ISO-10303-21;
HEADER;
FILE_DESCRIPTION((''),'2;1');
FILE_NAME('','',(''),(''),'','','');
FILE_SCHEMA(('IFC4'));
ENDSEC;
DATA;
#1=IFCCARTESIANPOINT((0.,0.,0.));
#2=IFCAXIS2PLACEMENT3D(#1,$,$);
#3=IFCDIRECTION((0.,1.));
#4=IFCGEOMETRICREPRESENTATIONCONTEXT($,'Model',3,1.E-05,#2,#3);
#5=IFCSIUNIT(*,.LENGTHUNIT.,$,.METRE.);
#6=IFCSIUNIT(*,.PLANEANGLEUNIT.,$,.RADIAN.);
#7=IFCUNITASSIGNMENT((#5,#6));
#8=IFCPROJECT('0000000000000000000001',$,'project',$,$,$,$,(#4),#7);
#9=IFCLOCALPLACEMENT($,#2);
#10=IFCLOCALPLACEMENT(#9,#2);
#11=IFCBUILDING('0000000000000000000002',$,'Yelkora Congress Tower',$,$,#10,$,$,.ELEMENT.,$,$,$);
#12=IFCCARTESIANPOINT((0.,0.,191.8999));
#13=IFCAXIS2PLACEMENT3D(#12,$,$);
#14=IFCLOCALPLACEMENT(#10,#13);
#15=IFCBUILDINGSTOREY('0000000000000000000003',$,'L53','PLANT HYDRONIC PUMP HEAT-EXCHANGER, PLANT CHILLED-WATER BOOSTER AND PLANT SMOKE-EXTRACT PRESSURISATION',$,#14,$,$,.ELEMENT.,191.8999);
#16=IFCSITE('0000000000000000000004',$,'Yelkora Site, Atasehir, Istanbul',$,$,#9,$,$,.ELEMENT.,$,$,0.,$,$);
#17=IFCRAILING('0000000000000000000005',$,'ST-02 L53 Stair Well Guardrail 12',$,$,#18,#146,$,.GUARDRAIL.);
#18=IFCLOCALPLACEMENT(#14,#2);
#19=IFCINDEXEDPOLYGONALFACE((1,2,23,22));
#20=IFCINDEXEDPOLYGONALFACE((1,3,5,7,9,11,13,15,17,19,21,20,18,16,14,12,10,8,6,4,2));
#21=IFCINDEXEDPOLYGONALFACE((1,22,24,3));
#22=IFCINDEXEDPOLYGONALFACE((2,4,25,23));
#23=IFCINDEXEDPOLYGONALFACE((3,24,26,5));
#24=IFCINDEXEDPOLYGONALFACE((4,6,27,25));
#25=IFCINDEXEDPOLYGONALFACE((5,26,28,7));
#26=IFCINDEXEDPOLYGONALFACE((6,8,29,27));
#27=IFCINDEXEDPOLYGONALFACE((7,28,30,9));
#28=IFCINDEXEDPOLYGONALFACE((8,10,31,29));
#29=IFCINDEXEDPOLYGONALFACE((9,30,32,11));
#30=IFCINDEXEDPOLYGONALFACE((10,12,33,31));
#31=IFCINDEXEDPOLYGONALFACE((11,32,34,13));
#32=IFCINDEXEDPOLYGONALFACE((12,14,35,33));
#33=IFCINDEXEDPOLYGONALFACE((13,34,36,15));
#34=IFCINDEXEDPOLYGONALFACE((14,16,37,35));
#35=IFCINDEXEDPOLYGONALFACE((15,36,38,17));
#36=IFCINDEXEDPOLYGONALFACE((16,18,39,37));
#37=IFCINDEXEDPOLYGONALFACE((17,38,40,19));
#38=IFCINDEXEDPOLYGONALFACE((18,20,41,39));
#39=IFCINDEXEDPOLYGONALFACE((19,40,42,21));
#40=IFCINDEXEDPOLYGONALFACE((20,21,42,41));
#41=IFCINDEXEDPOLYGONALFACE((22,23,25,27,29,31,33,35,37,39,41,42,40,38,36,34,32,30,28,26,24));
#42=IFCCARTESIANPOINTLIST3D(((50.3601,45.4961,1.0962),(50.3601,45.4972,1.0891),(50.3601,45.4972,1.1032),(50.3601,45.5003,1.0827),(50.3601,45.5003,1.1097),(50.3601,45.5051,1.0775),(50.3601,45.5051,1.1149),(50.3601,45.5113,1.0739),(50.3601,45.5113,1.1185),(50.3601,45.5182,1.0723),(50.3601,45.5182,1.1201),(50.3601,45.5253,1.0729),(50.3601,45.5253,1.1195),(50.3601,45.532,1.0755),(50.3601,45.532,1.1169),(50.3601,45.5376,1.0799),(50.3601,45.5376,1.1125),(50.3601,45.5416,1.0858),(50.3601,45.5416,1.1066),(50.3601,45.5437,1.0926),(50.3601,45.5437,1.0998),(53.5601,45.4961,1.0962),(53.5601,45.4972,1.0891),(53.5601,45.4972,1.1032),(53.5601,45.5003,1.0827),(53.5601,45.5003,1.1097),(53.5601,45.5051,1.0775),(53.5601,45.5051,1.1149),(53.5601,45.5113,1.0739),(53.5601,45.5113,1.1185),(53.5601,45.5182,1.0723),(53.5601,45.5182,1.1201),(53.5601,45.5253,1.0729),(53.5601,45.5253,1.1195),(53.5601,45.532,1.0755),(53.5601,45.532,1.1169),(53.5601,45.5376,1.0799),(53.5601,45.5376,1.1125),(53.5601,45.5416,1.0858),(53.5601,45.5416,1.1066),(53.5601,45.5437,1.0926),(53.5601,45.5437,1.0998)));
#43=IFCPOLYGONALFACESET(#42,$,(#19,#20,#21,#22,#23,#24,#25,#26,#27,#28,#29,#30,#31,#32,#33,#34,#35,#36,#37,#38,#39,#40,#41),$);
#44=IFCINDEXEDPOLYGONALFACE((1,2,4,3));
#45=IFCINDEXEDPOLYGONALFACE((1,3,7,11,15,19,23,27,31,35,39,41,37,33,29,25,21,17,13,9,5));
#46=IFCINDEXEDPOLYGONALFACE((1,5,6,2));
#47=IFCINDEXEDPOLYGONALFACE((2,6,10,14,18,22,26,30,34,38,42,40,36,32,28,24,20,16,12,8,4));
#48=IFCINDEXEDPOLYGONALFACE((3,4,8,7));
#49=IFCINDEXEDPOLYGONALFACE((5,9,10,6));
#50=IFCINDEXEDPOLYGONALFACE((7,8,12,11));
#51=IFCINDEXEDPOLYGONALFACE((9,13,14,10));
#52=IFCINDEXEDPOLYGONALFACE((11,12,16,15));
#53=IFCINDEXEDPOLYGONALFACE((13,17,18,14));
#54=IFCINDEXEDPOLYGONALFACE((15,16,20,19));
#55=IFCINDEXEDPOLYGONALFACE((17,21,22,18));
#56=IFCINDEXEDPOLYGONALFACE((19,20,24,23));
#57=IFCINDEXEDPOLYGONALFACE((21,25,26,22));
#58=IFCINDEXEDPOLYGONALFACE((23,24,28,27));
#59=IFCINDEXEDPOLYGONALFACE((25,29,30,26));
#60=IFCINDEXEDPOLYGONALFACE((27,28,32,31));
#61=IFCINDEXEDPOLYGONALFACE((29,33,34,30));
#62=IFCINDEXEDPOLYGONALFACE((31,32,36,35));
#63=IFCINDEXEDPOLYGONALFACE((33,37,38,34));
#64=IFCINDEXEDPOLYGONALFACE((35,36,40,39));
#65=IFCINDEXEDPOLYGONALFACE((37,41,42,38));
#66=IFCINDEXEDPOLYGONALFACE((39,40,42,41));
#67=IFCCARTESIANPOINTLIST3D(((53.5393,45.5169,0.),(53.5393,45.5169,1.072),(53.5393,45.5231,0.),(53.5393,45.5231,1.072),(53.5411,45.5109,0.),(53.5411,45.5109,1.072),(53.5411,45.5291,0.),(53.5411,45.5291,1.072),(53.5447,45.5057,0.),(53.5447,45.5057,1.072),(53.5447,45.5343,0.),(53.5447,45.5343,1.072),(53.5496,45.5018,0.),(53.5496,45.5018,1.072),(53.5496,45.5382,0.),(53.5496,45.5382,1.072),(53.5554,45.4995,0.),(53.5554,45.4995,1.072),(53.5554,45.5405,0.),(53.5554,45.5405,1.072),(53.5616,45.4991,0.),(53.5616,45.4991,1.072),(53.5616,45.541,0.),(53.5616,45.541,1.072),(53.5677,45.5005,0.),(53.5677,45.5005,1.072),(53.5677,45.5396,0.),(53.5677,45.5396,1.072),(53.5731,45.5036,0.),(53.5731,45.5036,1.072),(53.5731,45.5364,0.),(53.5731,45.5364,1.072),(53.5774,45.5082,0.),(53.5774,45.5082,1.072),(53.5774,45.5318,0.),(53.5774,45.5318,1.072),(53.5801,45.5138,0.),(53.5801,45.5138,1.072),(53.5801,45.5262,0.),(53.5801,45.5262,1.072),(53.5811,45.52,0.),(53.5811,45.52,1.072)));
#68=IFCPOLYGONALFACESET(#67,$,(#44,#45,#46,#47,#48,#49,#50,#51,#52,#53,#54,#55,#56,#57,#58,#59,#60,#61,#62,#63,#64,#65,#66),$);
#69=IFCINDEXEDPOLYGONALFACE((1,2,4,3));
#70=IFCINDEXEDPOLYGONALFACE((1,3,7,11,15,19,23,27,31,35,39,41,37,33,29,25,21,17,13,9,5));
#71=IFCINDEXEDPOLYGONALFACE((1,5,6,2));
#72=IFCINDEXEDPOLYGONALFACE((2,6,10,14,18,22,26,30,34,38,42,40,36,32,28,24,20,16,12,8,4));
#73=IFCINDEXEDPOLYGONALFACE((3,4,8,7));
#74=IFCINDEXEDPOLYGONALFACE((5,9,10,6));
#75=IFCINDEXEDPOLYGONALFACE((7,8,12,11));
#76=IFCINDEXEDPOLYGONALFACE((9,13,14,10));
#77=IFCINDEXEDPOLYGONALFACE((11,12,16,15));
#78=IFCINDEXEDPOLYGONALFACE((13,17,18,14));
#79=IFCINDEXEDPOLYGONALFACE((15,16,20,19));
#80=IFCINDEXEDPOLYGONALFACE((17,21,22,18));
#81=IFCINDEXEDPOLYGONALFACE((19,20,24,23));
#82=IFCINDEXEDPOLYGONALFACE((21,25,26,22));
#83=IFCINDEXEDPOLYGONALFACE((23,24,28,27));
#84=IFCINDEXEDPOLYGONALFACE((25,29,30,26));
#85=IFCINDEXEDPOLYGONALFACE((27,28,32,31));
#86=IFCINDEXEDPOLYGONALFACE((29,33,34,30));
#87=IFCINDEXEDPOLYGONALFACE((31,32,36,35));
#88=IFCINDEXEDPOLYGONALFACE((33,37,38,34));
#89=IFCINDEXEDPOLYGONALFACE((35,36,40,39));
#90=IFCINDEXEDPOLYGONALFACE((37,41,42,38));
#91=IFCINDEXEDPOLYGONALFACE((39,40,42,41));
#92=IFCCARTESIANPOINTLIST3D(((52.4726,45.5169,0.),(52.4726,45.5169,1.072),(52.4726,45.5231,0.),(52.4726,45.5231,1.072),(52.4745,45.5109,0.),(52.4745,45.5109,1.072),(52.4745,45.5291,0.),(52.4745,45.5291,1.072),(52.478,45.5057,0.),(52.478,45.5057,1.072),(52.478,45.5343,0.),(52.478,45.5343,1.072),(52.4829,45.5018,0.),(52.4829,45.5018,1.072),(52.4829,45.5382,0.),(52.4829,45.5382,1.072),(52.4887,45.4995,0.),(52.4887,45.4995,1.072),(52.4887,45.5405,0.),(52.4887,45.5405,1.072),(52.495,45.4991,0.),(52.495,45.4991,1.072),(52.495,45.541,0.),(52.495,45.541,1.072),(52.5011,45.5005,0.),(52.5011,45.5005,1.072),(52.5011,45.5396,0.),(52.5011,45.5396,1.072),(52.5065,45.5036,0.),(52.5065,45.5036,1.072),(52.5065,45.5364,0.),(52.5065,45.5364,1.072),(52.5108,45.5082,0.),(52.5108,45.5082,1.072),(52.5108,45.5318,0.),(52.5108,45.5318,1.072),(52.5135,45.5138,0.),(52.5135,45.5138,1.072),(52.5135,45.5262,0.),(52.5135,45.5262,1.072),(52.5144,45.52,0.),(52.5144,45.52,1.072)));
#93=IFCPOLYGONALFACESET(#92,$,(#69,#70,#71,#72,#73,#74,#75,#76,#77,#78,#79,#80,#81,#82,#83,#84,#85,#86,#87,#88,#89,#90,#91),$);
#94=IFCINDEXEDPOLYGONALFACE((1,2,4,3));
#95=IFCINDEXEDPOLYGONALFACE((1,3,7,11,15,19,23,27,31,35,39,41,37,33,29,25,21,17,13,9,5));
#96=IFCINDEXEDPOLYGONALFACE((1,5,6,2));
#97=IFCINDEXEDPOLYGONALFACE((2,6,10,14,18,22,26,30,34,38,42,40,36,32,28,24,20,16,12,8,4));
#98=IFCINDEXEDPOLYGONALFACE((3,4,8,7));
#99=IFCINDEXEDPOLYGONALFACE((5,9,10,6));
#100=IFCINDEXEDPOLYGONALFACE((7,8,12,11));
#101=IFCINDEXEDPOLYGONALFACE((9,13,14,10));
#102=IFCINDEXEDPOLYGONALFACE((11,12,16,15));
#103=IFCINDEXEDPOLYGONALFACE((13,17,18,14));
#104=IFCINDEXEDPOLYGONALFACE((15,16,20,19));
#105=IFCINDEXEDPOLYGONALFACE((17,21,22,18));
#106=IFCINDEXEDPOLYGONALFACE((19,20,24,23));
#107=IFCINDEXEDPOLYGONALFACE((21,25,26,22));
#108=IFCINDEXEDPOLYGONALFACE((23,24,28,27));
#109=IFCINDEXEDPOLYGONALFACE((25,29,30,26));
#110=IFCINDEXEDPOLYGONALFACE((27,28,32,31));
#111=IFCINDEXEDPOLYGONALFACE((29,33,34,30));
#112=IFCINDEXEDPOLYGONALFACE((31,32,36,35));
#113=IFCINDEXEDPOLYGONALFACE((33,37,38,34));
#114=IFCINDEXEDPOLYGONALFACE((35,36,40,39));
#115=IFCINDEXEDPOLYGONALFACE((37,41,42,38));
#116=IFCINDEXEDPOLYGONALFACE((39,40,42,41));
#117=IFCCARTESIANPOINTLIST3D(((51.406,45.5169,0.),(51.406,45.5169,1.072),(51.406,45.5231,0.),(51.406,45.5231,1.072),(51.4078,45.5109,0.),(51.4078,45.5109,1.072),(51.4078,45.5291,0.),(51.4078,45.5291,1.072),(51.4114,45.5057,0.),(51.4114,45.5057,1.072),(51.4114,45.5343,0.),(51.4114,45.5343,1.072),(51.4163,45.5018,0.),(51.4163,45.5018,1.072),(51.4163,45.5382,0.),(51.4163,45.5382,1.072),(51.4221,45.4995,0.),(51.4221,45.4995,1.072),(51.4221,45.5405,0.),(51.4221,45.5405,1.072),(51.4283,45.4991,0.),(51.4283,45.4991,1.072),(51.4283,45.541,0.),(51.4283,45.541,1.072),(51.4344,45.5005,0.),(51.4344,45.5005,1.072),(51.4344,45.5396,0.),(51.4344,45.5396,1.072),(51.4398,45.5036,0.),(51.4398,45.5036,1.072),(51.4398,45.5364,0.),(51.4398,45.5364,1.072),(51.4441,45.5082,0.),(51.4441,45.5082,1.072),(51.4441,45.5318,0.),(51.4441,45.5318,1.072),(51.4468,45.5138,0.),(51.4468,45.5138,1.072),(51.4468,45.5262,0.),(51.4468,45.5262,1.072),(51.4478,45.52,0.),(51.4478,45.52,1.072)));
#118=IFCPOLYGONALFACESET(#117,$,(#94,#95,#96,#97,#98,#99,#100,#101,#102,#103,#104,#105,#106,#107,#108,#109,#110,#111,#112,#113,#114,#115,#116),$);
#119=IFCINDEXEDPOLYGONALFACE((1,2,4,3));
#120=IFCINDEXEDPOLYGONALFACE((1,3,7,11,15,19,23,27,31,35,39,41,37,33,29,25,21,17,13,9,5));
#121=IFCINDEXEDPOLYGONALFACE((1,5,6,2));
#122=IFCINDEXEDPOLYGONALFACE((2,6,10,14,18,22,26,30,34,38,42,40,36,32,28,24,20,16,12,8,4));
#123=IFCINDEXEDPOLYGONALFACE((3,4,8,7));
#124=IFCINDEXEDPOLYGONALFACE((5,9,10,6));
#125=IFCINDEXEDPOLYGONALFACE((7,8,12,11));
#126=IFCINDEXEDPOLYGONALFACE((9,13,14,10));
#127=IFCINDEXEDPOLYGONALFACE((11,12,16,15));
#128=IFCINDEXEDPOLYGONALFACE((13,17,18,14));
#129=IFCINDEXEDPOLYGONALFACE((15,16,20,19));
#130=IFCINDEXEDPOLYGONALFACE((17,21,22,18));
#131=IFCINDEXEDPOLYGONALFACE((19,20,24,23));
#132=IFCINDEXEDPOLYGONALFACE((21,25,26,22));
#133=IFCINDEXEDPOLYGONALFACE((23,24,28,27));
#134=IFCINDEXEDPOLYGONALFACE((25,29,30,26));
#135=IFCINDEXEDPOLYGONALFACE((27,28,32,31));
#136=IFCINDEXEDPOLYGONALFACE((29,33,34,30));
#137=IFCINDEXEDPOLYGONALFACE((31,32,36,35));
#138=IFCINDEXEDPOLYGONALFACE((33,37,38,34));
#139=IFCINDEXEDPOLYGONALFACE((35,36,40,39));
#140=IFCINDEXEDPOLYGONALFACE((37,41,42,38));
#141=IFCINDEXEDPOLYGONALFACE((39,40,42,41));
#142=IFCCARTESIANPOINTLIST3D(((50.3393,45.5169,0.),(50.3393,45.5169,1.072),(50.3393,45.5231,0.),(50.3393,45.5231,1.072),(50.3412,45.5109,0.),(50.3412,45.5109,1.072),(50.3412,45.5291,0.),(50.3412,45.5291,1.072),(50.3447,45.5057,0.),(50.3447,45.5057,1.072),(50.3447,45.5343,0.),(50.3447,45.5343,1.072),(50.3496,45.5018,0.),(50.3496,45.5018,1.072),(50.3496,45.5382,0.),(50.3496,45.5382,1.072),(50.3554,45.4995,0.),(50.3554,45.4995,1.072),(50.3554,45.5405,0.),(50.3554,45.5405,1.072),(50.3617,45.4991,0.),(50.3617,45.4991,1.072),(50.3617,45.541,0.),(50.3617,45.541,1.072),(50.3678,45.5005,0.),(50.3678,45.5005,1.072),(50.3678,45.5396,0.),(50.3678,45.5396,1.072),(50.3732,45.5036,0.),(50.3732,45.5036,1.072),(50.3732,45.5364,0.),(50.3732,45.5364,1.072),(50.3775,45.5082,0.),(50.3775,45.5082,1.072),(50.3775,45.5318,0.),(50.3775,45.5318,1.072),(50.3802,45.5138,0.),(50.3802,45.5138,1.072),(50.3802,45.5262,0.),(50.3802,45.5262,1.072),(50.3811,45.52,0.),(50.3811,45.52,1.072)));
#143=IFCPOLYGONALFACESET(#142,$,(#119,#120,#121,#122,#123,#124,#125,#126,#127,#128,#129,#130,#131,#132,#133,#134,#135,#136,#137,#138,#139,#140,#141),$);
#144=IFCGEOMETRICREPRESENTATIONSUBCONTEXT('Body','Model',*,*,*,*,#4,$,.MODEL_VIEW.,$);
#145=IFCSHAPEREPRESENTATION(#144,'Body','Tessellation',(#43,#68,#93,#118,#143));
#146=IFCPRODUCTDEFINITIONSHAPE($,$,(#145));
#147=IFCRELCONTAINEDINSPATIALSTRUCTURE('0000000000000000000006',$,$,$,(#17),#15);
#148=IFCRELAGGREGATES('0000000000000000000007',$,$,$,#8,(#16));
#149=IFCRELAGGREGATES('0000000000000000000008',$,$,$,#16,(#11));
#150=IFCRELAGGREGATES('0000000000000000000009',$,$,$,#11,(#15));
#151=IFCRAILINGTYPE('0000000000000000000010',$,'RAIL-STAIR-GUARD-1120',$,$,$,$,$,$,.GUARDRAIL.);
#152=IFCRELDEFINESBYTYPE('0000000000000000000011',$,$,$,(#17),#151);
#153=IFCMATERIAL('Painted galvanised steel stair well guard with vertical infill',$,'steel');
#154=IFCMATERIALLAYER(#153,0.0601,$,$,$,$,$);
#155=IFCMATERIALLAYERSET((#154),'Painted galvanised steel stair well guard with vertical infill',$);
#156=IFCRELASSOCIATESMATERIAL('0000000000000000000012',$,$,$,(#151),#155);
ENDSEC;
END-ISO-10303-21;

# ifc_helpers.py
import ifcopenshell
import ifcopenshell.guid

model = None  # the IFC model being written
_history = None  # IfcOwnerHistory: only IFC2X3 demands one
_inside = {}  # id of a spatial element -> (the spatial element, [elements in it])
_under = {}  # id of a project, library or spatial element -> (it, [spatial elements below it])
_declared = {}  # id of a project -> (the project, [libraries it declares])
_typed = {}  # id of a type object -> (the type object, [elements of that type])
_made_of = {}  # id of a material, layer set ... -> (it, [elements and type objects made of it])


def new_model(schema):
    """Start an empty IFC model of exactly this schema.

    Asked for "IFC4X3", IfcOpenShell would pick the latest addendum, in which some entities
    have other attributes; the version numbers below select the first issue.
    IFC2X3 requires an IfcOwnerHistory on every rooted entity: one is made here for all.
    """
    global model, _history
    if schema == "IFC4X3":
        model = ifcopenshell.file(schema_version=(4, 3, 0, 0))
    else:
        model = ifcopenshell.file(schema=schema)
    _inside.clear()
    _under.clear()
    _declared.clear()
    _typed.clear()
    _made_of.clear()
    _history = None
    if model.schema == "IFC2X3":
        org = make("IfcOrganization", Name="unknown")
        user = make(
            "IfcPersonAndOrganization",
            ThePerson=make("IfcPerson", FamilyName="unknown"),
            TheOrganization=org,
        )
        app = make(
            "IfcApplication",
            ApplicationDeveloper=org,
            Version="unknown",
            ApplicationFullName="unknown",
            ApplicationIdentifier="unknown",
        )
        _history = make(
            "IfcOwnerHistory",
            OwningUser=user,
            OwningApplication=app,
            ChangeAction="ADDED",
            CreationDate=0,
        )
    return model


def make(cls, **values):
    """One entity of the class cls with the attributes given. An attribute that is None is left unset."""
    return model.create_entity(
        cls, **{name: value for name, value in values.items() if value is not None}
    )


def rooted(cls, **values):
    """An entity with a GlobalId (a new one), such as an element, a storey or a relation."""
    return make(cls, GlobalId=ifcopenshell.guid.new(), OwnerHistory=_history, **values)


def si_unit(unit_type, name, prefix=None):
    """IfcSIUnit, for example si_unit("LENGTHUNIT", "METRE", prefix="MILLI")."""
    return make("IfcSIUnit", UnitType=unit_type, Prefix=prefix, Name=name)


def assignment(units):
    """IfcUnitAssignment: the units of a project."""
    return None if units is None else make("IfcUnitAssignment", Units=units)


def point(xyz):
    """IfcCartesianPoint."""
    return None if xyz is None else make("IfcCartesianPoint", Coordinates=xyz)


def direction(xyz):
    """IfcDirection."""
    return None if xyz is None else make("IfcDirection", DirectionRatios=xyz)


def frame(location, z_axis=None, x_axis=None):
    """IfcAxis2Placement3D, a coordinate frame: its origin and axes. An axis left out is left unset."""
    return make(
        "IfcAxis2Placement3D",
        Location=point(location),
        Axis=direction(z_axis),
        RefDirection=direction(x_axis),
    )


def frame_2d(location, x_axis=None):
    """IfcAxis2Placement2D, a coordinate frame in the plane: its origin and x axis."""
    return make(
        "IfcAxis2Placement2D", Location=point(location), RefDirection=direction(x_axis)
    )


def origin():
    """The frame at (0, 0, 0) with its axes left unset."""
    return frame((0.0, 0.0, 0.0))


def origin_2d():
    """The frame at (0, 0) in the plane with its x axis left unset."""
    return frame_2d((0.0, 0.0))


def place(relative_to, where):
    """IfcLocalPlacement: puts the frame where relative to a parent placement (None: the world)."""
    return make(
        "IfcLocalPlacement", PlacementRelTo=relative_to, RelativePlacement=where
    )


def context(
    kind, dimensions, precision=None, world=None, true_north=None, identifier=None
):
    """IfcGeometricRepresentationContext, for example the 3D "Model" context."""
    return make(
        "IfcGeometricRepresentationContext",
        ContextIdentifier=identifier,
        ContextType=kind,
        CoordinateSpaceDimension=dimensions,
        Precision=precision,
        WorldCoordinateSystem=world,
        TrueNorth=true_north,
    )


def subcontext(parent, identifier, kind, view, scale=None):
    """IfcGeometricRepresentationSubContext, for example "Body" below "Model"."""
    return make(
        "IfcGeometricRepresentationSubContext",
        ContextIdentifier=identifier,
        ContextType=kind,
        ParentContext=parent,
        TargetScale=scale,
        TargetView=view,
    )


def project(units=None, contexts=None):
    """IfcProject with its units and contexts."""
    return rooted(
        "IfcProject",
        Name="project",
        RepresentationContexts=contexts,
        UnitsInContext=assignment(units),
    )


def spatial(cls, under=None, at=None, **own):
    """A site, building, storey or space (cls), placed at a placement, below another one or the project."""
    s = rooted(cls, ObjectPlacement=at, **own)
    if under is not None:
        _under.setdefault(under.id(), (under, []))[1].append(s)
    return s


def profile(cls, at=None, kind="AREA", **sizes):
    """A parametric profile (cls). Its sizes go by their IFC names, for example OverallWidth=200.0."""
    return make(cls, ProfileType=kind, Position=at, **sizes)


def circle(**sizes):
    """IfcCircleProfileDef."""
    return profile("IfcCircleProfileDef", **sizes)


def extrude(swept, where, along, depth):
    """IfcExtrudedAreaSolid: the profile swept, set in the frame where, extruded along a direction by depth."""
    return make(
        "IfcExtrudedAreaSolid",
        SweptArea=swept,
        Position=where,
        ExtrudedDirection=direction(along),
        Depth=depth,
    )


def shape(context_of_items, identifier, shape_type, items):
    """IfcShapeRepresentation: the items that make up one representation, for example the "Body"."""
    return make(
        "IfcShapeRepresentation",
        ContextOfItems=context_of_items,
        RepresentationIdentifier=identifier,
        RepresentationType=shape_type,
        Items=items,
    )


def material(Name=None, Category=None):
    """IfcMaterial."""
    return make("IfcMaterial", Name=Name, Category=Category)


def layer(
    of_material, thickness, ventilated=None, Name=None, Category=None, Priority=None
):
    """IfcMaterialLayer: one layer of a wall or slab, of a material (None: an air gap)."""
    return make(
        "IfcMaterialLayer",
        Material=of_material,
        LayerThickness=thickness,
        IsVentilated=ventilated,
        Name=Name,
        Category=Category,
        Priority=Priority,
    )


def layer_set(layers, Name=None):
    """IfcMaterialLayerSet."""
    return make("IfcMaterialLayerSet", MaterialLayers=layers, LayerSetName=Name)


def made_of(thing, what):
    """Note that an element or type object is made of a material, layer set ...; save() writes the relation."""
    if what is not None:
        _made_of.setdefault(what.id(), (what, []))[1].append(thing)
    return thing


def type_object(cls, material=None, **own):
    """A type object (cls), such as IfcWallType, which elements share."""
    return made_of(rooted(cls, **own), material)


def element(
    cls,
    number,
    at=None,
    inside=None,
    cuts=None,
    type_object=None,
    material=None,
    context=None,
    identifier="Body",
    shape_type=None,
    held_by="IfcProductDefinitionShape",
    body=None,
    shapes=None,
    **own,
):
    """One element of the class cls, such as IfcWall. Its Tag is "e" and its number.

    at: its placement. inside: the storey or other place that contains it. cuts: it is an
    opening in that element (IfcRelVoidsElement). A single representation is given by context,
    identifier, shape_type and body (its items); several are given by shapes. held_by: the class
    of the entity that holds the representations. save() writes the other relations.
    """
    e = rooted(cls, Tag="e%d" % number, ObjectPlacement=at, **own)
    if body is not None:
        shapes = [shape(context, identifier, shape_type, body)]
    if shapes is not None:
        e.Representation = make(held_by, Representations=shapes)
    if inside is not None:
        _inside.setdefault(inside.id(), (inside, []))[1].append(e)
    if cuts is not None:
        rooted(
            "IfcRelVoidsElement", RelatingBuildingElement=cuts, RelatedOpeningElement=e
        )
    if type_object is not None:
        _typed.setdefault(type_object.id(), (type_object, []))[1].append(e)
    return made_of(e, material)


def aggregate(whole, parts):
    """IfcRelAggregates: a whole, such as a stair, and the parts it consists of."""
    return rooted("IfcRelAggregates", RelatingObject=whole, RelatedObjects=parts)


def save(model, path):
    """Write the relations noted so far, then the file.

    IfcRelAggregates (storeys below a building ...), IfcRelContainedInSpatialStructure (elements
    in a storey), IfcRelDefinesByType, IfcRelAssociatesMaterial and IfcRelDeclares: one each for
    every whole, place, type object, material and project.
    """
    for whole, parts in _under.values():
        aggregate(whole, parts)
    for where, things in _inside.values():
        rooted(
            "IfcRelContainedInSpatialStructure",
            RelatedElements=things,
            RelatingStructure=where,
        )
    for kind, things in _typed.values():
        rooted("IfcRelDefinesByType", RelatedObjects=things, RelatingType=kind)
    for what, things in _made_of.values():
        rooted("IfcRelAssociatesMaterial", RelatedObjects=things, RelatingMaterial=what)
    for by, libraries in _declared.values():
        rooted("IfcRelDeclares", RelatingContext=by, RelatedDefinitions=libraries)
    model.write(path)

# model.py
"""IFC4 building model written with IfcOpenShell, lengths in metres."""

from ifc_helpers import new_model, si_unit, direction, frame, origin, origin_2d, place, context, subcontext, project, spatial, circle, extrude, material, layer, layer_set, type_object, element, save


model = new_model("IFC4")

# Units and contexts
model_context = context("Model", 3, precision=1e-05, world=origin(), true_north=direction((0.0, 1.0)))
body_context = subcontext(model_context, "Body", "Model", "MODEL_VIEW")
ifc_project = project(units=[si_unit("LENGTHUNIT", "METRE"), si_unit("PLANEANGLEUNIT", "RADIAN")], contexts=[model_context])

# Site, building, storey
site_placement = place(None, origin())
site = spatial("IfcSite", under=ifc_project, at=site_placement, Name="Yelkora Site, Atasehir, Istanbul", CompositionType="ELEMENT", RefElevation=0.0)
building_placement = place(site_placement, origin())
building = spatial("IfcBuilding", under=site, at=building_placement, Name="Yelkora Congress Tower", CompositionType="ELEMENT")
storey_placement = place(building_placement, frame((0.0, 0.0, 191.8999)))
storey = spatial("IfcBuildingStorey", under=building, at=storey_placement, Name="L53", Description="PLANT HYDRONIC PUMP HEAT-EXCHANGER, PLANT CHILLED-WATER BOOSTER AND PLANT SMOKE-EXTRACT PRESSURISATION", CompositionType="ELEMENT", Elevation=191.8999)

# Railing
ifc_material_1 = material(Name="Painted galvanised steel stair well guard with vertical infill", Category="steel")
ifc_layer_1 = layer(ifc_material_1, 0.0601)
ifc_layer_set_1 = layer_set([ifc_layer_1], Name="Painted galvanised steel stair well guard with vertical infill")
railing_type_1 = type_object("IfcRailingType", Name="RAIL-STAIR-GUARD-1120", PredefinedType="GUARDRAIL", material=ifc_layer_set_1)
railing_1_placement = place(storey_placement, frame((53.5601, 45.52, 0.0)))
element("IfcRailing", 1, at=railing_1_placement, inside=storey, type_object=railing_type_1, Name="ST-02 L53 Stair Well Guardrail 12", PredefinedType="GUARDRAIL", context=body_context, shape_type="SweptSolid", body=[
    extrude(circle(Radius=0.0239, at=origin_2d()), frame((0.0, 0.0, 1.0962), z_axis=(-1.0, 0.0, 0.0), x_axis=(0.0, -1.0, 0.0)), (0.0, 0.0, 1.0), 3.2),
    extrude(circle(Radius=0.021, at=origin_2d()), origin(), (0.0, 0.0, 1.0), 1.072),
    extrude(circle(Radius=0.021, at=origin_2d()), frame((-1.0667, 0.0, 0.0)), (0.0, 0.0, 1.0), 1.072),
    extrude(circle(Radius=0.021, at=origin_2d()), frame((-2.1333, 0.0, 0.0)), (0.0, 0.0, 1.0), 1.072),
    extrude(circle(Radius=0.021, at=origin_2d()), frame((-3.2, 0.0, 0.0)), (0.0, 0.0, 1.0), 1.072),
])

save(model, "model.ifc")
